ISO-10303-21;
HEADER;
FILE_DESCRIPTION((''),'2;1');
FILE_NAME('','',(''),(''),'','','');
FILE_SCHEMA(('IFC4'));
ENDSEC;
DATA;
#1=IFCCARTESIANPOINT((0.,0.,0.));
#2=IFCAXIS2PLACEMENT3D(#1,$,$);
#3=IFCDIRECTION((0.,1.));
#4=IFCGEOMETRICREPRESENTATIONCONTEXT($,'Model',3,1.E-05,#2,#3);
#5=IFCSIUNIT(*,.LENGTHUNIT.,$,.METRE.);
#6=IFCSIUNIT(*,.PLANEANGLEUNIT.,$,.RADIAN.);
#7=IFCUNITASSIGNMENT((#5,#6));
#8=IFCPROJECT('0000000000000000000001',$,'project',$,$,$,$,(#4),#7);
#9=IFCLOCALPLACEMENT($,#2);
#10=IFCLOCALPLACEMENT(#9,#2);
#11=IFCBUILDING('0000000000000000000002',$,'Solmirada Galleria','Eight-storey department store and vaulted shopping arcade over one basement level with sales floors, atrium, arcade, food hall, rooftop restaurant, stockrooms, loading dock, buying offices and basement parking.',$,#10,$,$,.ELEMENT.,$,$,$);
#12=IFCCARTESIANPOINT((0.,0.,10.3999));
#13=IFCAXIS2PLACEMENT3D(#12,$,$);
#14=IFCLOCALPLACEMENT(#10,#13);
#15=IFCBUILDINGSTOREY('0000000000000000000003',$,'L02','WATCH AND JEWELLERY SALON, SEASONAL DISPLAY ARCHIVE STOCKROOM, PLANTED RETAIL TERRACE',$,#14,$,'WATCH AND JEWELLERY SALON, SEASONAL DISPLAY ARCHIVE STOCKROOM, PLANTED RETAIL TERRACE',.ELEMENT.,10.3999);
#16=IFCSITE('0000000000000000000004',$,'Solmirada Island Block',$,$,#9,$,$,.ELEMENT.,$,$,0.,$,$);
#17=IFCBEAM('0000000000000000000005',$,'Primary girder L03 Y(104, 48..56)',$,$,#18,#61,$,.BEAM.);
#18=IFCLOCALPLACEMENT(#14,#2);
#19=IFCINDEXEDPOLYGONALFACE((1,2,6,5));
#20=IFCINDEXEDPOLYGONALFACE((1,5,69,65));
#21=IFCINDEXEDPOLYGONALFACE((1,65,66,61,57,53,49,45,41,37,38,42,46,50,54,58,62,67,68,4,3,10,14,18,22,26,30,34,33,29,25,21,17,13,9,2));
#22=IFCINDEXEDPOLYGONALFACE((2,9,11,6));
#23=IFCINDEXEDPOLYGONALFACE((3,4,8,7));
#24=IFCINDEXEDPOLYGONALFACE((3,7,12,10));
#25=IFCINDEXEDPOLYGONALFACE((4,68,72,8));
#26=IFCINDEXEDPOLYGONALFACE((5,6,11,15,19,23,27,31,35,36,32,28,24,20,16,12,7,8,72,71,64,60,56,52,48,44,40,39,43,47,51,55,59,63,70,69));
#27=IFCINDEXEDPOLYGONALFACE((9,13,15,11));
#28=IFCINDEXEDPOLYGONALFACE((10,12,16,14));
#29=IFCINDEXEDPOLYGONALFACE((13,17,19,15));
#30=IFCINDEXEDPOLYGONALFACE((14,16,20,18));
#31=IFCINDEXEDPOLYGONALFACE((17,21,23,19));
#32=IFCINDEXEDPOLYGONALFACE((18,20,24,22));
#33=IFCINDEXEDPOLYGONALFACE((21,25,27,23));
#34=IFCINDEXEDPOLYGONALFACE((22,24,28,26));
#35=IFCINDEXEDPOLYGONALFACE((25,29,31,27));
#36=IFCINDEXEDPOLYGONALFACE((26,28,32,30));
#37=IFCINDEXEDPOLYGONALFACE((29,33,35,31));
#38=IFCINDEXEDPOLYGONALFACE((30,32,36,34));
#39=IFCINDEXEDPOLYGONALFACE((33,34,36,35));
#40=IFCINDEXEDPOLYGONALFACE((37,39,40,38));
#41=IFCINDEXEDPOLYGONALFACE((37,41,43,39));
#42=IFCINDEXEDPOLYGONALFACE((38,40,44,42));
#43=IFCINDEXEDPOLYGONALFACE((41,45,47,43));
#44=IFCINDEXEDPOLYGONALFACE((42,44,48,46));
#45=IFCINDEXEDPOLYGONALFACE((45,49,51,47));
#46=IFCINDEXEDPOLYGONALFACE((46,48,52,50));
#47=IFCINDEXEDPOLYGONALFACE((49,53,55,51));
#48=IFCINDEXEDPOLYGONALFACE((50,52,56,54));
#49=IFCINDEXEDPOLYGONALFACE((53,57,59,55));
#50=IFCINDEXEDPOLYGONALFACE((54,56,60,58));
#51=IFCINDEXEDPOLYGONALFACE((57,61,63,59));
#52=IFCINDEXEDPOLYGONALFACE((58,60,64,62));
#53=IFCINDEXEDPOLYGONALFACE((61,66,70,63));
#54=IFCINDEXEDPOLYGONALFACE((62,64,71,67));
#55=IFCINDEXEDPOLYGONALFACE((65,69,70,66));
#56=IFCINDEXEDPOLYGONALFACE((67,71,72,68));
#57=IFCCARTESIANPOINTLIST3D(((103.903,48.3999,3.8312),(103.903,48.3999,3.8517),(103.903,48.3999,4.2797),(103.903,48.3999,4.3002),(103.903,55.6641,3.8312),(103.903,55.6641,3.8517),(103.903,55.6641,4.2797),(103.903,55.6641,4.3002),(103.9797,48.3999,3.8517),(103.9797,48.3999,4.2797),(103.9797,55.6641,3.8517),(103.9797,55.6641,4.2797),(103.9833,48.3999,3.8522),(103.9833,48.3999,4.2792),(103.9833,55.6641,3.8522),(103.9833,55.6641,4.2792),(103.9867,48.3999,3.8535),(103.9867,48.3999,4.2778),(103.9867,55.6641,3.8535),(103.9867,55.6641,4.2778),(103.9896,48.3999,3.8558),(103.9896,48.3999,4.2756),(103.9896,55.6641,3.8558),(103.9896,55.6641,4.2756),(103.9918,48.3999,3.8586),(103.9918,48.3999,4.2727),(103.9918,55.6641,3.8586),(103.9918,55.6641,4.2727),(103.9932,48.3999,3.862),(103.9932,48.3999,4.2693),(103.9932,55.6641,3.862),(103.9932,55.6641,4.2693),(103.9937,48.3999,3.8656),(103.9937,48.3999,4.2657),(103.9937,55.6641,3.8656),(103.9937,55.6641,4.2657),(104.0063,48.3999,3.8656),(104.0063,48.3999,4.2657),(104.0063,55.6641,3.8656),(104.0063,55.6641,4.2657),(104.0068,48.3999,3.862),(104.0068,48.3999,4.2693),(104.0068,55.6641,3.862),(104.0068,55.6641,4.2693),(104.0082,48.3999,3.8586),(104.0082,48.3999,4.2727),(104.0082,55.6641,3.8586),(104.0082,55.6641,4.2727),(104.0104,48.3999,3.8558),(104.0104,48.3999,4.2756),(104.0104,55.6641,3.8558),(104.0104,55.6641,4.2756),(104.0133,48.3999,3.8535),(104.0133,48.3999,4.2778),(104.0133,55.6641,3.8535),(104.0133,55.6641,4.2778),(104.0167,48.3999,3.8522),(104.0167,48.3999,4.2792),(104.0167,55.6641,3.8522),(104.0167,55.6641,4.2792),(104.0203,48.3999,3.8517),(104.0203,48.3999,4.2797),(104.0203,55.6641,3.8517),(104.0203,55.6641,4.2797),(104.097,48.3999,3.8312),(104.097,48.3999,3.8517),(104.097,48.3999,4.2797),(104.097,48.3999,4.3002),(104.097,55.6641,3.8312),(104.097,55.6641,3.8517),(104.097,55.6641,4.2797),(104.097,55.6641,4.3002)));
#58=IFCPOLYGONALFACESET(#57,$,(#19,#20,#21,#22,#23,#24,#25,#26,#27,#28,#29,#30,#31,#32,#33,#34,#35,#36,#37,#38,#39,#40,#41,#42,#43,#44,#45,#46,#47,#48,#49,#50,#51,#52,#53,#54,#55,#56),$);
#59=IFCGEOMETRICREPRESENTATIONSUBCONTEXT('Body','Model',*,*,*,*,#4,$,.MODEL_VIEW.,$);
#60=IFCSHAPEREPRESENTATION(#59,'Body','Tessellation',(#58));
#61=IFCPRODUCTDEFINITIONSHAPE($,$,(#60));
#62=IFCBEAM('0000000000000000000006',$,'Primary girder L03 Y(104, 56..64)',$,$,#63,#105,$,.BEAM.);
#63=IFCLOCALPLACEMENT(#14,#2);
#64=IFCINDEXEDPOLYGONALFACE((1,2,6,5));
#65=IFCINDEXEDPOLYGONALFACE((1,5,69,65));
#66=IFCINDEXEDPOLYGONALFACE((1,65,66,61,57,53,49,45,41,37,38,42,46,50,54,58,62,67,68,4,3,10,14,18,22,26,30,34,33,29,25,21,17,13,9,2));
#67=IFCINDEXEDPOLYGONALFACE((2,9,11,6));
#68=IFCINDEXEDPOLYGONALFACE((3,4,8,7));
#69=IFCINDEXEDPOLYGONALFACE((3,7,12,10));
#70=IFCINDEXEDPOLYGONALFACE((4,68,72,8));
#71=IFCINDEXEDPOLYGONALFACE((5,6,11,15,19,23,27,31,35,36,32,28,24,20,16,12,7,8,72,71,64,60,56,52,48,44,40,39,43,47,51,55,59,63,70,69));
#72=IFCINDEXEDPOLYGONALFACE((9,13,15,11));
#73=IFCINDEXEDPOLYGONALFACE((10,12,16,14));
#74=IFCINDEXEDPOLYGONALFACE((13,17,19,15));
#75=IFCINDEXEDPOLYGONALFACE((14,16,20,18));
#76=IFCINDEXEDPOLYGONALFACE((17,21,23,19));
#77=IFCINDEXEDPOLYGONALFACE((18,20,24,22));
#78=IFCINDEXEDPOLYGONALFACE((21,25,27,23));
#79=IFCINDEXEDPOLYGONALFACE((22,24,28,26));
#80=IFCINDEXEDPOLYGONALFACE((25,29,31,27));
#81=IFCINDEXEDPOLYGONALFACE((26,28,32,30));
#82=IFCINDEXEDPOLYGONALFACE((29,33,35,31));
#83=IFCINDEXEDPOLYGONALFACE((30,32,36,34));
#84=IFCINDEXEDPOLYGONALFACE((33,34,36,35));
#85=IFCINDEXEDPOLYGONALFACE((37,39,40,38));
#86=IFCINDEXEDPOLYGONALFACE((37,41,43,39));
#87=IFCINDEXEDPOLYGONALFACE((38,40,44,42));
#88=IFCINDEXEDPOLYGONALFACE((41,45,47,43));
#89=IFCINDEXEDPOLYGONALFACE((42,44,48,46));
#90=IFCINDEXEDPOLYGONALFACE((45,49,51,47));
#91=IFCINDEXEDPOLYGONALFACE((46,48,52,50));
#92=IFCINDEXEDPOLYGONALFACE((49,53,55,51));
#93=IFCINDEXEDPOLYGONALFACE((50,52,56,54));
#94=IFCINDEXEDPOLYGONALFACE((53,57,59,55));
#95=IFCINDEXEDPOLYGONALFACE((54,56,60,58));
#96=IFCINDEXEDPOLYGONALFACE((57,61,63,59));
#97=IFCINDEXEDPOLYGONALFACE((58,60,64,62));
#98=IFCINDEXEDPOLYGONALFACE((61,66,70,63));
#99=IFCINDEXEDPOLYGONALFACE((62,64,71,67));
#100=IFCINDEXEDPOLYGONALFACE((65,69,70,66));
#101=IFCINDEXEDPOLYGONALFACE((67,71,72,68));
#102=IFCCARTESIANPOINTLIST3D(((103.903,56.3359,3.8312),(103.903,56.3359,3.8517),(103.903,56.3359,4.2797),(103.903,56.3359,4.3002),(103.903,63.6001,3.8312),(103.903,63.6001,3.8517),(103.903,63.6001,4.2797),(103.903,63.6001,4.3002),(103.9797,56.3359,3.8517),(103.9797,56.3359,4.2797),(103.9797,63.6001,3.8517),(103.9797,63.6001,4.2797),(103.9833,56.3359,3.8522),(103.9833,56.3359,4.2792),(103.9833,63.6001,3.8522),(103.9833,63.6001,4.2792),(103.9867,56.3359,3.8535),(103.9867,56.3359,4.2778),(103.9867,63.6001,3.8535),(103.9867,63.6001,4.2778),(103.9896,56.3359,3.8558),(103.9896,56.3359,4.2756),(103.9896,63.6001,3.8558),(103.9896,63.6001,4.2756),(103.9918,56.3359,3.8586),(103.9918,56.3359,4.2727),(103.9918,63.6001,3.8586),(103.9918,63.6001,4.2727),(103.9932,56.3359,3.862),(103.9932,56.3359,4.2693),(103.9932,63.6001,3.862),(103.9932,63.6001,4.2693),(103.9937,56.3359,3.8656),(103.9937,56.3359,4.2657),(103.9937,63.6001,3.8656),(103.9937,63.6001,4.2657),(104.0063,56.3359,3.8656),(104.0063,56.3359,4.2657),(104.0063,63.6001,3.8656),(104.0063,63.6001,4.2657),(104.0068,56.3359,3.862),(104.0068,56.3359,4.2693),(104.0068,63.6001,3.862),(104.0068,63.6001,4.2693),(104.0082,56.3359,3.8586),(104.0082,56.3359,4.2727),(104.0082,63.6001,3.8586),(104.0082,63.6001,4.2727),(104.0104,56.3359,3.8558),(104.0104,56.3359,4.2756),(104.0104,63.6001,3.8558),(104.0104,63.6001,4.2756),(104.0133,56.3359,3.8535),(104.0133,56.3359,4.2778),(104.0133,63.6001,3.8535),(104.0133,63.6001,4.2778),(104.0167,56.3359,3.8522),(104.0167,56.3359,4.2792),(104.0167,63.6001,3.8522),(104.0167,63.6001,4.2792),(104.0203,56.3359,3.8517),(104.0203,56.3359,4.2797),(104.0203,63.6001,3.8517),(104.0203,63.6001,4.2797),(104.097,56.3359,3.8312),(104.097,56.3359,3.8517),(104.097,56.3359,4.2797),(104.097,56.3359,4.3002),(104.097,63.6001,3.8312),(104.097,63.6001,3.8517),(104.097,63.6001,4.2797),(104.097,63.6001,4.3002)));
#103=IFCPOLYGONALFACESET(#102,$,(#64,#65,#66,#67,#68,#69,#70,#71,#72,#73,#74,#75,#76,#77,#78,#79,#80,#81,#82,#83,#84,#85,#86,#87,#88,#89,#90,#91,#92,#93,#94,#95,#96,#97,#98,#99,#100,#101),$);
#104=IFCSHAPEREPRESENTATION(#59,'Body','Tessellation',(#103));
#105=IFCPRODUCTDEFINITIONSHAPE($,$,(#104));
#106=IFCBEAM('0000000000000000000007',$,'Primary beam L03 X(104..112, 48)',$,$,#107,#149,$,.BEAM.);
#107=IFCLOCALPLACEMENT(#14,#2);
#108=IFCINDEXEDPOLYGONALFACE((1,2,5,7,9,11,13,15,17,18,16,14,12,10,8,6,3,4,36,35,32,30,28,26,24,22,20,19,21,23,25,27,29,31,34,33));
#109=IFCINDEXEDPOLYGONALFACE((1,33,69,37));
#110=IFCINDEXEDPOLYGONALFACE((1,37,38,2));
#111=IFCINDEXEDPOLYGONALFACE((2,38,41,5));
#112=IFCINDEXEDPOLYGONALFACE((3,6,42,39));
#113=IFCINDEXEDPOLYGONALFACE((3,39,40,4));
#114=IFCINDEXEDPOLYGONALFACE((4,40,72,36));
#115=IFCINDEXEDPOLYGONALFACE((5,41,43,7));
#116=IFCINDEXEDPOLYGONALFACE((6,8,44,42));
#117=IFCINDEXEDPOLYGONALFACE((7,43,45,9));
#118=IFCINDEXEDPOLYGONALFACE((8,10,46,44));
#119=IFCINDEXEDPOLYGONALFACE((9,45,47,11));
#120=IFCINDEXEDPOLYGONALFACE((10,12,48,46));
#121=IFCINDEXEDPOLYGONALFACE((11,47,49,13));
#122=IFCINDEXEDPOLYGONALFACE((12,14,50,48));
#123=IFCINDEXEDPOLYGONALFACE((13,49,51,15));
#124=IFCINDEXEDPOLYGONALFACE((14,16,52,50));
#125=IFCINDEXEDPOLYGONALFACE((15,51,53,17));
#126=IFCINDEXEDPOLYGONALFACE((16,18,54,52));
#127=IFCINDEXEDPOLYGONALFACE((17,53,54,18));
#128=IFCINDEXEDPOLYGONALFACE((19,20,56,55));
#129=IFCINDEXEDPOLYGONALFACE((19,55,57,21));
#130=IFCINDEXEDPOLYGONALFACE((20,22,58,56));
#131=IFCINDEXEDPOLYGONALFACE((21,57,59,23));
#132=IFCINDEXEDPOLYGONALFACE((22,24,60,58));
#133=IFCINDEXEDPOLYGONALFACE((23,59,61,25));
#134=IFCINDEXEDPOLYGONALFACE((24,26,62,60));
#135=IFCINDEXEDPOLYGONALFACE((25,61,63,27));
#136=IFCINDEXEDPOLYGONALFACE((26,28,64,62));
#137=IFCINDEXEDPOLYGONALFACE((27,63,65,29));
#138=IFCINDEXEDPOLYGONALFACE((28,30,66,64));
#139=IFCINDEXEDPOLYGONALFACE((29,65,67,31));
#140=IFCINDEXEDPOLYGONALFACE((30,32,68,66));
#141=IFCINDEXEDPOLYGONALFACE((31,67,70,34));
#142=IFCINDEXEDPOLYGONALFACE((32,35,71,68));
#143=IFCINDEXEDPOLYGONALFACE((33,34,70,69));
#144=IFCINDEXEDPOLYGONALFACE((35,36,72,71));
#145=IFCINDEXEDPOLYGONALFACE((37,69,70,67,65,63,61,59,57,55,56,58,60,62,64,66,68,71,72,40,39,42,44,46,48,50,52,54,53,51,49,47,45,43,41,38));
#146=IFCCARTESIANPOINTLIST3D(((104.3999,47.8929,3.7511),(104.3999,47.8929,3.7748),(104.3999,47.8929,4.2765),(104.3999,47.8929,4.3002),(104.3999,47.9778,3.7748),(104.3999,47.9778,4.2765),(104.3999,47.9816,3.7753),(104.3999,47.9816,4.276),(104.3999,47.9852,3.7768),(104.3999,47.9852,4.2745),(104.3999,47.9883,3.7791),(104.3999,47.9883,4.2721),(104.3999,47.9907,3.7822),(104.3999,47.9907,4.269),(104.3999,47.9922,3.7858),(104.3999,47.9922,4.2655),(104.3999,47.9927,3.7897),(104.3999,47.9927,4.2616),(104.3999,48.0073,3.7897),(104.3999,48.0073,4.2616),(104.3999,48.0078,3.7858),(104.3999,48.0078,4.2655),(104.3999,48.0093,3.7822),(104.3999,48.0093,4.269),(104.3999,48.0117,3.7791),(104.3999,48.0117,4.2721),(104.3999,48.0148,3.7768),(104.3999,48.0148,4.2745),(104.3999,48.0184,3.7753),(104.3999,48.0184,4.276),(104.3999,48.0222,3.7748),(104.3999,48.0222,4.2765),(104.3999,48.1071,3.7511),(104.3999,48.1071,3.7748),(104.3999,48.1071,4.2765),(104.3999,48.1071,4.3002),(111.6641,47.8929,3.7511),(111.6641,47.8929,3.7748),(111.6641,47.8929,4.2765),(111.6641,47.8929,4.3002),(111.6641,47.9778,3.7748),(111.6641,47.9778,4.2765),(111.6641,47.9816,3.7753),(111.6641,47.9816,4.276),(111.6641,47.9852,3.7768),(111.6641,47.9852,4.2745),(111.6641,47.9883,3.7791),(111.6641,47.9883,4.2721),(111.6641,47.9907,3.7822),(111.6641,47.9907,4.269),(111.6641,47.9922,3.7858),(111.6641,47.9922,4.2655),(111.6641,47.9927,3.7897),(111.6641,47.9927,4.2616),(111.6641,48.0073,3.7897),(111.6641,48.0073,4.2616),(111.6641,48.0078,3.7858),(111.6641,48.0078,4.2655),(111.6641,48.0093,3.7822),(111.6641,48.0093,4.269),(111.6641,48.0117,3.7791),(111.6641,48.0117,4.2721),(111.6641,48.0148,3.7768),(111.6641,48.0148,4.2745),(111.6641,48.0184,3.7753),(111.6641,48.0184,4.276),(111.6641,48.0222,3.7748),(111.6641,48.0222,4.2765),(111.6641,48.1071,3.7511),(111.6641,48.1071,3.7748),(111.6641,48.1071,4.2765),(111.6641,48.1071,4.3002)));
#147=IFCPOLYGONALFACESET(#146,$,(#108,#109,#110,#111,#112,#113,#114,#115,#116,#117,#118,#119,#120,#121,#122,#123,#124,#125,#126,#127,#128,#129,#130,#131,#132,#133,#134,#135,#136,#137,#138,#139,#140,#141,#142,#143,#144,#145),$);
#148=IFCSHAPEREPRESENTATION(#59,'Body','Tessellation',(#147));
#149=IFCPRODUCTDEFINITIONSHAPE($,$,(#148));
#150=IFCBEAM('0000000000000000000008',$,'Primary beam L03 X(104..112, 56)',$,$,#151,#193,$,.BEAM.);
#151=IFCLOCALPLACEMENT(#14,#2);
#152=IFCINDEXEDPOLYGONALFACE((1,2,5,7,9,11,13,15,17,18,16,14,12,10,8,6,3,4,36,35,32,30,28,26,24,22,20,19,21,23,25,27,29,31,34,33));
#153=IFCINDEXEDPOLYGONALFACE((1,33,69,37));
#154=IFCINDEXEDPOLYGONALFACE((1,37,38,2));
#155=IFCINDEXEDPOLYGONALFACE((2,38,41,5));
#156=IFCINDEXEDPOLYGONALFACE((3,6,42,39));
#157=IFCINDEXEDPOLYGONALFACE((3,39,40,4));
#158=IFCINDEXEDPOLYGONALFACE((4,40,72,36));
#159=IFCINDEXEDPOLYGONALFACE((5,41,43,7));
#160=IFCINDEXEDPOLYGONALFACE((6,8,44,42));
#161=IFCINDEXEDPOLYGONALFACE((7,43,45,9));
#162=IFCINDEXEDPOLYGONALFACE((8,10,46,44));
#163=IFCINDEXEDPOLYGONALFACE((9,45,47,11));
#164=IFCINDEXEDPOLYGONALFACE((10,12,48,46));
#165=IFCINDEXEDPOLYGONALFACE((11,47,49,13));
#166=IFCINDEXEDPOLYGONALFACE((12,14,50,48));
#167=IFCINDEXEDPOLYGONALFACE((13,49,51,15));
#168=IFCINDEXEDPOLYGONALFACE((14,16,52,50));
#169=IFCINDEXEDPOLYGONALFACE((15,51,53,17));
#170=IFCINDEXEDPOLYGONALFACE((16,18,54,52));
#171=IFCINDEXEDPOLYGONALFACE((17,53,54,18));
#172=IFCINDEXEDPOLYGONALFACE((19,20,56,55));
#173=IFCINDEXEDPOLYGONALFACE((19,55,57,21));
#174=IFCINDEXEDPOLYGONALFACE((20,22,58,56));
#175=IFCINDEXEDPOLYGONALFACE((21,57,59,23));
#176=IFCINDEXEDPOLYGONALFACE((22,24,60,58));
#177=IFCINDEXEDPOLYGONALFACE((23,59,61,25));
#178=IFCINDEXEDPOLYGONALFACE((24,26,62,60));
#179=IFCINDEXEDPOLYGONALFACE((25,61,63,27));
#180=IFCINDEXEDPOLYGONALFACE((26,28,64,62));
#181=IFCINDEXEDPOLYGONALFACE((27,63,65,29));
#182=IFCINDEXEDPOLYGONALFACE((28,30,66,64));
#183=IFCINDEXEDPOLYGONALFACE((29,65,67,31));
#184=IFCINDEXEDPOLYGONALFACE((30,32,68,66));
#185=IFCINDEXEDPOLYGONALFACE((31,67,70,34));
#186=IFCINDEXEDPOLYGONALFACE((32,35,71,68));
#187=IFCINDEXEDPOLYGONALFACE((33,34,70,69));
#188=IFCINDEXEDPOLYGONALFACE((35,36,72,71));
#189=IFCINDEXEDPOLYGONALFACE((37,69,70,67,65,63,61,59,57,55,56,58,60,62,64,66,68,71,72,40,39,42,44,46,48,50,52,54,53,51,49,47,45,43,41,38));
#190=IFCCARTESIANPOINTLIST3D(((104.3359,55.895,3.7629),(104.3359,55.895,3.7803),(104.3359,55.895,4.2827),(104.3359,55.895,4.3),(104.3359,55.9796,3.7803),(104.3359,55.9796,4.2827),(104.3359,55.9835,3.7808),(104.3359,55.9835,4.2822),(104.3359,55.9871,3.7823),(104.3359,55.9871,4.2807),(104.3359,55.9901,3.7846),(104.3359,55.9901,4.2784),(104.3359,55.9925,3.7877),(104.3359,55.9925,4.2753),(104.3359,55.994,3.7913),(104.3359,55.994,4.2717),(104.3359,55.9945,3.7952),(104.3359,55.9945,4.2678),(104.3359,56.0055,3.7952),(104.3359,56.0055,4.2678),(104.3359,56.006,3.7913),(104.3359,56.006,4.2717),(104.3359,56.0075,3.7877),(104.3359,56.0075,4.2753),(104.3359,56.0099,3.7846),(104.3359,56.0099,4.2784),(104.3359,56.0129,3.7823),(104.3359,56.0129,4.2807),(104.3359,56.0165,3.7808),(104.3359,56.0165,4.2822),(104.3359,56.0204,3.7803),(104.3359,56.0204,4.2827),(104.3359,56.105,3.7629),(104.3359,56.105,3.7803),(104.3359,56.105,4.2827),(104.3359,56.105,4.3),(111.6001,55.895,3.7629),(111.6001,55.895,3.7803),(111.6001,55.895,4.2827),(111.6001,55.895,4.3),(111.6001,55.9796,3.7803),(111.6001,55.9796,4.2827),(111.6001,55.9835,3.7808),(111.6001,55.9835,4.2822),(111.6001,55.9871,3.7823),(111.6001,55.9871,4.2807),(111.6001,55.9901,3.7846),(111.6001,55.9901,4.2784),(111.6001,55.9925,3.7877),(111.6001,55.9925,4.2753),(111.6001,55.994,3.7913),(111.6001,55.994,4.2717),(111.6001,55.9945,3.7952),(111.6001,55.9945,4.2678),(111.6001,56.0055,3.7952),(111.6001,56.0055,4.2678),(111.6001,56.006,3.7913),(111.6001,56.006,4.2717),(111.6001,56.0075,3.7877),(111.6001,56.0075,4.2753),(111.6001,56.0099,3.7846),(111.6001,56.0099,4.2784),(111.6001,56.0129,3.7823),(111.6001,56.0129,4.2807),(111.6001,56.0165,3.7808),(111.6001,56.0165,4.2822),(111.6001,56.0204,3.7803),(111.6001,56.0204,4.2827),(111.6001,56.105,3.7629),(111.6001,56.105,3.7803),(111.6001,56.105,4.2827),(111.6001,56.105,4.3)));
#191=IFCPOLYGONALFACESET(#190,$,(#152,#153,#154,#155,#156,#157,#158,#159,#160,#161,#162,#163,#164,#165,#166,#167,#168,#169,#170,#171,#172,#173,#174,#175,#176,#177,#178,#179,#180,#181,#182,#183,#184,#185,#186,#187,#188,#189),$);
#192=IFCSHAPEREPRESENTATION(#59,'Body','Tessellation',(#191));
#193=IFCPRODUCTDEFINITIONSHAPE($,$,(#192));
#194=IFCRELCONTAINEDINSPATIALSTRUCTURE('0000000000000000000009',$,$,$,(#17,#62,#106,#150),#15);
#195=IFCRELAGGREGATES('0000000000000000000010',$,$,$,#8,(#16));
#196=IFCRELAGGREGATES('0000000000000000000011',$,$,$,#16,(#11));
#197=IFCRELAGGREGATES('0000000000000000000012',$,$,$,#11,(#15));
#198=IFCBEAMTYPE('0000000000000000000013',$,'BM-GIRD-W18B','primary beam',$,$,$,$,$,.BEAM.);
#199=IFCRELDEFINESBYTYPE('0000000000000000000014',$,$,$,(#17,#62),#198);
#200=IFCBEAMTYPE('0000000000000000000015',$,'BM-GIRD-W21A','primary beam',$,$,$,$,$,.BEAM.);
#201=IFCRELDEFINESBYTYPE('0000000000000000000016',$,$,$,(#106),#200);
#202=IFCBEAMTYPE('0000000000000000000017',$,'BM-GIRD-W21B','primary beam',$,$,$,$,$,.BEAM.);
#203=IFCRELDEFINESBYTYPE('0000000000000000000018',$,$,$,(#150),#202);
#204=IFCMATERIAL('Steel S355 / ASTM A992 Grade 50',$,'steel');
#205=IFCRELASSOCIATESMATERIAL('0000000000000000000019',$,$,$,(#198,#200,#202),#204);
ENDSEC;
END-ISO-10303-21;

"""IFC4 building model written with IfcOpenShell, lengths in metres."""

from ifc_helpers import new_model, si_unit, direction, frame, origin, origin_2d, place, context, subcontext, project, spatial, i_section, extrude, material, material_profile, profile_set, type_object, element, save


model = new_model("IFC4")

# Units and contexts
model_context = context("Model", 3, precision=1e-05, world=origin(), true_north=direction((0.0, 1.0)))
body_context = subcontext(model_context, "Body", "Model", "MODEL_VIEW")
ifc_project = project(units=[si_unit("LENGTHUNIT", "METRE"), si_unit("PLANEANGLEUNIT", "RADIAN")], contexts=[model_context])

# Site, building, storey
site_placement = place(None, origin())
site = spatial("IfcSite", under=ifc_project, at=site_placement, Name="Solmirada Island Block", CompositionType="ELEMENT", RefElevation=0.0)
building_placement = place(site_placement, origin())
building = spatial("IfcBuilding", under=site, at=building_placement, Name="Solmirada Galleria", Description="Eight-storey department store and vaulted shopping arcade over one basement level with sales floors, atrium, arcade, food hall, rooftop restaurant, stockrooms, loading dock, buying offices and basement parking.", CompositionType="ELEMENT")
storey_placement = place(building_placement, frame((0.0, 0.0, 10.3999)))
storey = spatial("IfcBuildingStorey", under=building, at=storey_placement, Name="L02", Description="WATCH AND JEWELLERY SALON, SEASONAL DISPLAY ARCHIVE STOCKROOM, PLANTED RETAIL TERRACE", LongName="WATCH AND JEWELLERY SALON, SEASONAL DISPLAY ARCHIVE STOCKROOM, PLANTED RETAIL TERRACE", CompositionType="ELEMENT", Elevation=10.3999)

# Beams
ifc_material_1 = material(Name="Steel S355 / ASTM A992 Grade 50", Category="steel")
ifc_material_profile_1 = material_profile(ifc_material_1, i_section(OverallWidth=0.1941, OverallDepth=0.469, WebThickness=0.0127, FlangeThickness=0.0205, FilletRadius=0.0139, at=origin_2d()), Name="W18X71")
ifc_profile_set_1 = profile_set([ifc_material_profile_1], Name="Steel S355 / ASTM A992 Grade 50")
beam_type_1 = type_object("IfcBeamType", Name="BM-GIRD-W18B", Description="primary beam", PredefinedType="BEAM", material=ifc_profile_set_1)
for number, where, z_axis, x_axis, name in (
    (1, (104.0, 48.3999, 4.0657), (0.0, 1.0, 0.0), (-1.0, 0.0, 0.0), "Primary girder L03 Y(104, 48..56)"),
    (2, (104.0, 56.3359, 4.0657), (0.0, 1.0, 0.0), (-1.0, 0.0, 0.0), "Primary girder L03 Y(104, 56..64)"),
):
    element("IfcBeam", number, at=place(storey_placement, frame(where, z_axis=z_axis, x_axis=x_axis)), inside=storey, type_object=beam_type_1, Name=name, PredefinedType="BEAM", context=body_context, shape_type="SweptSolid", body=[
        extrude(i_section(OverallWidth=0.1941, OverallDepth=0.469, WebThickness=0.0127, FlangeThickness=0.0205, FilletRadius=0.0139, at=origin_2d()), origin(), (0.0, 0.0, 1.0), 7.2642),
    ])
ifc_material_profile_2 = material_profile(ifc_material_1, i_section(OverallWidth=0.2141, OverallDepth=0.5491, WebThickness=0.0146, FlangeThickness=0.0237, FilletRadius=0.0149, at=origin_2d()), Name="W21X93")
ifc_profile_set_2 = profile_set([ifc_material_profile_2], Name="Steel S355 / ASTM A992 Grade 50")
beam_type_2 = type_object("IfcBeamType", Name="BM-GIRD-W21A", Description="primary beam", PredefinedType="BEAM", material=ifc_profile_set_2)
beam_1_placement = place(storey_placement, frame((104.3999, 48.0, 4.0256), z_axis=(1.0, 0.0, 0.0), x_axis=(0.0, 1.0, 0.0)))
element("IfcBeam", 3, at=beam_1_placement, inside=storey, type_object=beam_type_2, Name="Primary beam L03 X(104..112, 48)", PredefinedType="BEAM", context=body_context, shape_type="SweptSolid", body=[
    extrude(i_section(OverallWidth=0.2141, OverallDepth=0.5491, WebThickness=0.0146, FlangeThickness=0.0237, FilletRadius=0.0149, at=origin_2d()), origin(), (0.0, 0.0, 1.0), 7.2642),
])
ifc_material_profile_3 = material_profile(ifc_material_1, i_section(OverallWidth=0.21, OverallDepth=0.5371, WebThickness=0.011, FlangeThickness=0.0173, FilletRadius=0.0149, at=origin_2d()), Name="W21X68")
ifc_profile_set_3 = profile_set([ifc_material_profile_3], Name="Steel S355 / ASTM A992 Grade 50")
beam_type_3 = type_object("IfcBeamType", Name="BM-GIRD-W21B", Description="primary beam", PredefinedType="BEAM", material=ifc_profile_set_3)
beam_2_placement = place(storey_placement, frame((104.3359, 56.0, 4.0315), z_axis=(1.0, 0.0, 0.0), x_axis=(0.0, 1.0, 0.0)))
element("IfcBeam", 4, at=beam_2_placement, inside=storey, type_object=beam_type_3, Name="Primary beam L03 X(104..112, 56)", PredefinedType="BEAM", context=body_context, shape_type="SweptSolid", body=[
    extrude(i_section(OverallWidth=0.21, OverallDepth=0.5371, WebThickness=0.011, FlangeThickness=0.0173, FilletRadius=0.0149, at=origin_2d()), origin(), (0.0, 0.0, 1.0), 7.2642),
])

save(model, "model.ifc")
